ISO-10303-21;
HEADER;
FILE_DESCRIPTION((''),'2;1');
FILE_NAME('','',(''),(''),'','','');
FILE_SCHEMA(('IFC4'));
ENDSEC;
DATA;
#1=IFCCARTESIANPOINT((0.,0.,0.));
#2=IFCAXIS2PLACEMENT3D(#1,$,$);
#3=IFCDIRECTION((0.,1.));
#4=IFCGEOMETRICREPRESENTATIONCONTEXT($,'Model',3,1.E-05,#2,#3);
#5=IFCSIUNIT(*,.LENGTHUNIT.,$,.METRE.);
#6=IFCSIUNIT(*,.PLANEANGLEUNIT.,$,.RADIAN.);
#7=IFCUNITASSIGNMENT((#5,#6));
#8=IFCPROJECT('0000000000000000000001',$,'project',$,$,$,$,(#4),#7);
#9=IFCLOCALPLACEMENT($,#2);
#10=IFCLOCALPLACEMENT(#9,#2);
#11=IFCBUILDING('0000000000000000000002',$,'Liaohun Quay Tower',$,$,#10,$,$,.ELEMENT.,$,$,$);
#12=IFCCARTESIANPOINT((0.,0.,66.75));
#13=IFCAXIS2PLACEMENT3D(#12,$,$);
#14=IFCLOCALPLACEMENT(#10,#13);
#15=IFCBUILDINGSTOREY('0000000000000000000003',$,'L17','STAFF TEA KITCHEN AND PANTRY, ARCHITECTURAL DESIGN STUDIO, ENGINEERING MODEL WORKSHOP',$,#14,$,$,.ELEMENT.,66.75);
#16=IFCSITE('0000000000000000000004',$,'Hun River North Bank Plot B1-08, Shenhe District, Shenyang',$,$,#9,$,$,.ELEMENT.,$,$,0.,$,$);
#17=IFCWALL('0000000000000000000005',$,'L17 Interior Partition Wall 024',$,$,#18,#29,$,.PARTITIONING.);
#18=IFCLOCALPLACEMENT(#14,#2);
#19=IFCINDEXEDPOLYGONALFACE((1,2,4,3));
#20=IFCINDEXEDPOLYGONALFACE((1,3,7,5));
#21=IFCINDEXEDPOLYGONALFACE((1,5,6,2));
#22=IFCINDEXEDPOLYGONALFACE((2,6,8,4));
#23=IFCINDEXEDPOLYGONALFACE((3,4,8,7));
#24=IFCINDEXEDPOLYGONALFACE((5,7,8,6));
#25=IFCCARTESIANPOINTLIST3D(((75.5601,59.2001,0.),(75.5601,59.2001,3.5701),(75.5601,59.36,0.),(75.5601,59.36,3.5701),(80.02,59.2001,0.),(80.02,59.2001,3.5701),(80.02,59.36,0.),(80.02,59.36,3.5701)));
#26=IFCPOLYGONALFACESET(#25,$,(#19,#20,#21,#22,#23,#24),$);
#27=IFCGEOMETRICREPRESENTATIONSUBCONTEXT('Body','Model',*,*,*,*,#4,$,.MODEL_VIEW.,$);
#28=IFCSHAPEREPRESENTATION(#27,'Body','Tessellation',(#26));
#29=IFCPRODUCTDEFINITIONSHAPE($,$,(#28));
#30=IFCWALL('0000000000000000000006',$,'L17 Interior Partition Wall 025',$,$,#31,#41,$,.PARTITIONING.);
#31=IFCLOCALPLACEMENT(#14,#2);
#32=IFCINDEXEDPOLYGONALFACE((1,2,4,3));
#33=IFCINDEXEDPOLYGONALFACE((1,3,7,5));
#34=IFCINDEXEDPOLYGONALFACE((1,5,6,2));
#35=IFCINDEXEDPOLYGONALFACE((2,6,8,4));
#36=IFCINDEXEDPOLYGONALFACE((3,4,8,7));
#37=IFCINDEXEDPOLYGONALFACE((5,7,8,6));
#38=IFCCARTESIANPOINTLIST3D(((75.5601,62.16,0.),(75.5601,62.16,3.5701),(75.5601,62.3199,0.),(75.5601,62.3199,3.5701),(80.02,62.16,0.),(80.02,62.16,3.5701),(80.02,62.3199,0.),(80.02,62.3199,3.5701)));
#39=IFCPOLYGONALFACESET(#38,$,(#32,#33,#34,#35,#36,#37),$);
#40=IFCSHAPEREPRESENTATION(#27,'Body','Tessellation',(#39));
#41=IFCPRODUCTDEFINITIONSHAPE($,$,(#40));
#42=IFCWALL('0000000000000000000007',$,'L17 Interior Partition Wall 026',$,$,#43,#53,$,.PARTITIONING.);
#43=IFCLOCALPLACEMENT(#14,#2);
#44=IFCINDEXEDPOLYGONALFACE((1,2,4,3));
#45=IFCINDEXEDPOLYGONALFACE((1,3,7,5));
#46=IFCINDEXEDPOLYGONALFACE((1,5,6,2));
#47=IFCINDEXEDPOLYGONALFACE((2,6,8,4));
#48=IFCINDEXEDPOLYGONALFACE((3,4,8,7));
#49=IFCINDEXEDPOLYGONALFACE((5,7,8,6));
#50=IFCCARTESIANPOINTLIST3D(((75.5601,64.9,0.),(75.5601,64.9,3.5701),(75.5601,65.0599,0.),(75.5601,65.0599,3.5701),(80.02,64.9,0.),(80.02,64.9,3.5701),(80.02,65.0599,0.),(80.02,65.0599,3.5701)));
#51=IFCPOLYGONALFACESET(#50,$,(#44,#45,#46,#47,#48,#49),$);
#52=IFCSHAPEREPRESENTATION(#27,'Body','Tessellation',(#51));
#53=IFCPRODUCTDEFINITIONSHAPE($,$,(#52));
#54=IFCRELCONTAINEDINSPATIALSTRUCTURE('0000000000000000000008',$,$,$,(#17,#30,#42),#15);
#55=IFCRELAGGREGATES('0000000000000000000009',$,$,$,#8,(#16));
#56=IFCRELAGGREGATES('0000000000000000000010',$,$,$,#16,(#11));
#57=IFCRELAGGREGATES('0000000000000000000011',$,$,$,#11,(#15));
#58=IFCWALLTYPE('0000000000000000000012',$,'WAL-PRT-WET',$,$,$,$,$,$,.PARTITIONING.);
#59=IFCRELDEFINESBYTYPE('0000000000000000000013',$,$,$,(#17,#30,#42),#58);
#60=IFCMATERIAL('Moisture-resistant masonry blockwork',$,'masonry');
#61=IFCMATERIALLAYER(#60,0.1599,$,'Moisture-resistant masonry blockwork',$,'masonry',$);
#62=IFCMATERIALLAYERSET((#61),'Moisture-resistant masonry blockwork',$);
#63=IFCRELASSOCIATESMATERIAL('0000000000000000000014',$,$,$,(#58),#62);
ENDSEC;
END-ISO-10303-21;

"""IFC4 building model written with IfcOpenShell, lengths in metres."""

from ifc_helpers import new_model, si_unit, direction, frame, frame_2d, origin, place, context, subcontext, project, spatial, rectangle, extrude, material, layer, layer_set, type_object, element, save


model = new_model("IFC4")

# Units and contexts
model_context = context("Model", 3, precision=1e-05, world=origin(), true_north=direction((0.0, 1.0)))
body_context = subcontext(model_context, "Body", "Model", "MODEL_VIEW")
ifc_project = project(units=[si_unit("LENGTHUNIT", "METRE"), si_unit("PLANEANGLEUNIT", "RADIAN")], contexts=[model_context])

# Site, building, storey
site_placement = place(None, origin())
site = spatial("IfcSite", under=ifc_project, at=site_placement, Name="Hun River North Bank Plot B1-08, Shenhe District, Shenyang", CompositionType="ELEMENT", RefElevation=0.0)
building_placement = place(site_placement, origin())
building = spatial("IfcBuilding", under=site, at=building_placement, Name="Liaohun Quay Tower", CompositionType="ELEMENT")
storey_placement = place(building_placement, frame((0.0, 0.0, 66.75)))
storey = spatial("IfcBuildingStorey", under=building, at=storey_placement, Name="L17", Description="STAFF TEA KITCHEN AND PANTRY, ARCHITECTURAL DESIGN STUDIO, ENGINEERING MODEL WORKSHOP", CompositionType="ELEMENT", Elevation=66.75)

# Shared definitions
ifc_material_1 = material(Name="Moisture-resistant masonry blockwork", Category="masonry")
ifc_layer_1 = layer(ifc_material_1, 0.1599, Name="Moisture-resistant masonry blockwork", Category="masonry")
ifc_layer_set_1 = layer_set([ifc_layer_1], Name="Moisture-resistant masonry blockwork")
wall_type_1 = type_object("IfcWallType", Name="WAL-PRT-WET", PredefinedType="PARTITIONING", material=ifc_layer_set_1)

# Walls
for number, where, z_axis, x_axis, name in (
    (1, (75.5601, 59.28, 0.0), (0.0, 0.0, 1.0), (1.0, 0.0, 0.0), "L17 Interior Partition Wall 024"),
    (2, (75.5601, 62.24, 0.0), (0.0, 0.0, 1.0), (1.0, 0.0, 0.0), "L17 Interior Partition Wall 025"),
    (3, (75.5601, 64.98, 0.0), (0.0, 0.0, 1.0), (1.0, 0.0, 0.0), "L17 Interior Partition Wall 026"),
):
    element("IfcWall", number, at=place(storey_placement, frame(where, z_axis=z_axis, x_axis=x_axis)), inside=storey, type_object=wall_type_1, Name=name, PredefinedType="PARTITIONING", context=body_context, shape_type="SweptSolid", body=[
        extrude(rectangle(XDim=4.46, YDim=0.1599, at=frame_2d((2.23, 0.0))), origin(), (0.0, 0.0, 1.0), 3.5701),
    ])

save(model, "model.ifc")
